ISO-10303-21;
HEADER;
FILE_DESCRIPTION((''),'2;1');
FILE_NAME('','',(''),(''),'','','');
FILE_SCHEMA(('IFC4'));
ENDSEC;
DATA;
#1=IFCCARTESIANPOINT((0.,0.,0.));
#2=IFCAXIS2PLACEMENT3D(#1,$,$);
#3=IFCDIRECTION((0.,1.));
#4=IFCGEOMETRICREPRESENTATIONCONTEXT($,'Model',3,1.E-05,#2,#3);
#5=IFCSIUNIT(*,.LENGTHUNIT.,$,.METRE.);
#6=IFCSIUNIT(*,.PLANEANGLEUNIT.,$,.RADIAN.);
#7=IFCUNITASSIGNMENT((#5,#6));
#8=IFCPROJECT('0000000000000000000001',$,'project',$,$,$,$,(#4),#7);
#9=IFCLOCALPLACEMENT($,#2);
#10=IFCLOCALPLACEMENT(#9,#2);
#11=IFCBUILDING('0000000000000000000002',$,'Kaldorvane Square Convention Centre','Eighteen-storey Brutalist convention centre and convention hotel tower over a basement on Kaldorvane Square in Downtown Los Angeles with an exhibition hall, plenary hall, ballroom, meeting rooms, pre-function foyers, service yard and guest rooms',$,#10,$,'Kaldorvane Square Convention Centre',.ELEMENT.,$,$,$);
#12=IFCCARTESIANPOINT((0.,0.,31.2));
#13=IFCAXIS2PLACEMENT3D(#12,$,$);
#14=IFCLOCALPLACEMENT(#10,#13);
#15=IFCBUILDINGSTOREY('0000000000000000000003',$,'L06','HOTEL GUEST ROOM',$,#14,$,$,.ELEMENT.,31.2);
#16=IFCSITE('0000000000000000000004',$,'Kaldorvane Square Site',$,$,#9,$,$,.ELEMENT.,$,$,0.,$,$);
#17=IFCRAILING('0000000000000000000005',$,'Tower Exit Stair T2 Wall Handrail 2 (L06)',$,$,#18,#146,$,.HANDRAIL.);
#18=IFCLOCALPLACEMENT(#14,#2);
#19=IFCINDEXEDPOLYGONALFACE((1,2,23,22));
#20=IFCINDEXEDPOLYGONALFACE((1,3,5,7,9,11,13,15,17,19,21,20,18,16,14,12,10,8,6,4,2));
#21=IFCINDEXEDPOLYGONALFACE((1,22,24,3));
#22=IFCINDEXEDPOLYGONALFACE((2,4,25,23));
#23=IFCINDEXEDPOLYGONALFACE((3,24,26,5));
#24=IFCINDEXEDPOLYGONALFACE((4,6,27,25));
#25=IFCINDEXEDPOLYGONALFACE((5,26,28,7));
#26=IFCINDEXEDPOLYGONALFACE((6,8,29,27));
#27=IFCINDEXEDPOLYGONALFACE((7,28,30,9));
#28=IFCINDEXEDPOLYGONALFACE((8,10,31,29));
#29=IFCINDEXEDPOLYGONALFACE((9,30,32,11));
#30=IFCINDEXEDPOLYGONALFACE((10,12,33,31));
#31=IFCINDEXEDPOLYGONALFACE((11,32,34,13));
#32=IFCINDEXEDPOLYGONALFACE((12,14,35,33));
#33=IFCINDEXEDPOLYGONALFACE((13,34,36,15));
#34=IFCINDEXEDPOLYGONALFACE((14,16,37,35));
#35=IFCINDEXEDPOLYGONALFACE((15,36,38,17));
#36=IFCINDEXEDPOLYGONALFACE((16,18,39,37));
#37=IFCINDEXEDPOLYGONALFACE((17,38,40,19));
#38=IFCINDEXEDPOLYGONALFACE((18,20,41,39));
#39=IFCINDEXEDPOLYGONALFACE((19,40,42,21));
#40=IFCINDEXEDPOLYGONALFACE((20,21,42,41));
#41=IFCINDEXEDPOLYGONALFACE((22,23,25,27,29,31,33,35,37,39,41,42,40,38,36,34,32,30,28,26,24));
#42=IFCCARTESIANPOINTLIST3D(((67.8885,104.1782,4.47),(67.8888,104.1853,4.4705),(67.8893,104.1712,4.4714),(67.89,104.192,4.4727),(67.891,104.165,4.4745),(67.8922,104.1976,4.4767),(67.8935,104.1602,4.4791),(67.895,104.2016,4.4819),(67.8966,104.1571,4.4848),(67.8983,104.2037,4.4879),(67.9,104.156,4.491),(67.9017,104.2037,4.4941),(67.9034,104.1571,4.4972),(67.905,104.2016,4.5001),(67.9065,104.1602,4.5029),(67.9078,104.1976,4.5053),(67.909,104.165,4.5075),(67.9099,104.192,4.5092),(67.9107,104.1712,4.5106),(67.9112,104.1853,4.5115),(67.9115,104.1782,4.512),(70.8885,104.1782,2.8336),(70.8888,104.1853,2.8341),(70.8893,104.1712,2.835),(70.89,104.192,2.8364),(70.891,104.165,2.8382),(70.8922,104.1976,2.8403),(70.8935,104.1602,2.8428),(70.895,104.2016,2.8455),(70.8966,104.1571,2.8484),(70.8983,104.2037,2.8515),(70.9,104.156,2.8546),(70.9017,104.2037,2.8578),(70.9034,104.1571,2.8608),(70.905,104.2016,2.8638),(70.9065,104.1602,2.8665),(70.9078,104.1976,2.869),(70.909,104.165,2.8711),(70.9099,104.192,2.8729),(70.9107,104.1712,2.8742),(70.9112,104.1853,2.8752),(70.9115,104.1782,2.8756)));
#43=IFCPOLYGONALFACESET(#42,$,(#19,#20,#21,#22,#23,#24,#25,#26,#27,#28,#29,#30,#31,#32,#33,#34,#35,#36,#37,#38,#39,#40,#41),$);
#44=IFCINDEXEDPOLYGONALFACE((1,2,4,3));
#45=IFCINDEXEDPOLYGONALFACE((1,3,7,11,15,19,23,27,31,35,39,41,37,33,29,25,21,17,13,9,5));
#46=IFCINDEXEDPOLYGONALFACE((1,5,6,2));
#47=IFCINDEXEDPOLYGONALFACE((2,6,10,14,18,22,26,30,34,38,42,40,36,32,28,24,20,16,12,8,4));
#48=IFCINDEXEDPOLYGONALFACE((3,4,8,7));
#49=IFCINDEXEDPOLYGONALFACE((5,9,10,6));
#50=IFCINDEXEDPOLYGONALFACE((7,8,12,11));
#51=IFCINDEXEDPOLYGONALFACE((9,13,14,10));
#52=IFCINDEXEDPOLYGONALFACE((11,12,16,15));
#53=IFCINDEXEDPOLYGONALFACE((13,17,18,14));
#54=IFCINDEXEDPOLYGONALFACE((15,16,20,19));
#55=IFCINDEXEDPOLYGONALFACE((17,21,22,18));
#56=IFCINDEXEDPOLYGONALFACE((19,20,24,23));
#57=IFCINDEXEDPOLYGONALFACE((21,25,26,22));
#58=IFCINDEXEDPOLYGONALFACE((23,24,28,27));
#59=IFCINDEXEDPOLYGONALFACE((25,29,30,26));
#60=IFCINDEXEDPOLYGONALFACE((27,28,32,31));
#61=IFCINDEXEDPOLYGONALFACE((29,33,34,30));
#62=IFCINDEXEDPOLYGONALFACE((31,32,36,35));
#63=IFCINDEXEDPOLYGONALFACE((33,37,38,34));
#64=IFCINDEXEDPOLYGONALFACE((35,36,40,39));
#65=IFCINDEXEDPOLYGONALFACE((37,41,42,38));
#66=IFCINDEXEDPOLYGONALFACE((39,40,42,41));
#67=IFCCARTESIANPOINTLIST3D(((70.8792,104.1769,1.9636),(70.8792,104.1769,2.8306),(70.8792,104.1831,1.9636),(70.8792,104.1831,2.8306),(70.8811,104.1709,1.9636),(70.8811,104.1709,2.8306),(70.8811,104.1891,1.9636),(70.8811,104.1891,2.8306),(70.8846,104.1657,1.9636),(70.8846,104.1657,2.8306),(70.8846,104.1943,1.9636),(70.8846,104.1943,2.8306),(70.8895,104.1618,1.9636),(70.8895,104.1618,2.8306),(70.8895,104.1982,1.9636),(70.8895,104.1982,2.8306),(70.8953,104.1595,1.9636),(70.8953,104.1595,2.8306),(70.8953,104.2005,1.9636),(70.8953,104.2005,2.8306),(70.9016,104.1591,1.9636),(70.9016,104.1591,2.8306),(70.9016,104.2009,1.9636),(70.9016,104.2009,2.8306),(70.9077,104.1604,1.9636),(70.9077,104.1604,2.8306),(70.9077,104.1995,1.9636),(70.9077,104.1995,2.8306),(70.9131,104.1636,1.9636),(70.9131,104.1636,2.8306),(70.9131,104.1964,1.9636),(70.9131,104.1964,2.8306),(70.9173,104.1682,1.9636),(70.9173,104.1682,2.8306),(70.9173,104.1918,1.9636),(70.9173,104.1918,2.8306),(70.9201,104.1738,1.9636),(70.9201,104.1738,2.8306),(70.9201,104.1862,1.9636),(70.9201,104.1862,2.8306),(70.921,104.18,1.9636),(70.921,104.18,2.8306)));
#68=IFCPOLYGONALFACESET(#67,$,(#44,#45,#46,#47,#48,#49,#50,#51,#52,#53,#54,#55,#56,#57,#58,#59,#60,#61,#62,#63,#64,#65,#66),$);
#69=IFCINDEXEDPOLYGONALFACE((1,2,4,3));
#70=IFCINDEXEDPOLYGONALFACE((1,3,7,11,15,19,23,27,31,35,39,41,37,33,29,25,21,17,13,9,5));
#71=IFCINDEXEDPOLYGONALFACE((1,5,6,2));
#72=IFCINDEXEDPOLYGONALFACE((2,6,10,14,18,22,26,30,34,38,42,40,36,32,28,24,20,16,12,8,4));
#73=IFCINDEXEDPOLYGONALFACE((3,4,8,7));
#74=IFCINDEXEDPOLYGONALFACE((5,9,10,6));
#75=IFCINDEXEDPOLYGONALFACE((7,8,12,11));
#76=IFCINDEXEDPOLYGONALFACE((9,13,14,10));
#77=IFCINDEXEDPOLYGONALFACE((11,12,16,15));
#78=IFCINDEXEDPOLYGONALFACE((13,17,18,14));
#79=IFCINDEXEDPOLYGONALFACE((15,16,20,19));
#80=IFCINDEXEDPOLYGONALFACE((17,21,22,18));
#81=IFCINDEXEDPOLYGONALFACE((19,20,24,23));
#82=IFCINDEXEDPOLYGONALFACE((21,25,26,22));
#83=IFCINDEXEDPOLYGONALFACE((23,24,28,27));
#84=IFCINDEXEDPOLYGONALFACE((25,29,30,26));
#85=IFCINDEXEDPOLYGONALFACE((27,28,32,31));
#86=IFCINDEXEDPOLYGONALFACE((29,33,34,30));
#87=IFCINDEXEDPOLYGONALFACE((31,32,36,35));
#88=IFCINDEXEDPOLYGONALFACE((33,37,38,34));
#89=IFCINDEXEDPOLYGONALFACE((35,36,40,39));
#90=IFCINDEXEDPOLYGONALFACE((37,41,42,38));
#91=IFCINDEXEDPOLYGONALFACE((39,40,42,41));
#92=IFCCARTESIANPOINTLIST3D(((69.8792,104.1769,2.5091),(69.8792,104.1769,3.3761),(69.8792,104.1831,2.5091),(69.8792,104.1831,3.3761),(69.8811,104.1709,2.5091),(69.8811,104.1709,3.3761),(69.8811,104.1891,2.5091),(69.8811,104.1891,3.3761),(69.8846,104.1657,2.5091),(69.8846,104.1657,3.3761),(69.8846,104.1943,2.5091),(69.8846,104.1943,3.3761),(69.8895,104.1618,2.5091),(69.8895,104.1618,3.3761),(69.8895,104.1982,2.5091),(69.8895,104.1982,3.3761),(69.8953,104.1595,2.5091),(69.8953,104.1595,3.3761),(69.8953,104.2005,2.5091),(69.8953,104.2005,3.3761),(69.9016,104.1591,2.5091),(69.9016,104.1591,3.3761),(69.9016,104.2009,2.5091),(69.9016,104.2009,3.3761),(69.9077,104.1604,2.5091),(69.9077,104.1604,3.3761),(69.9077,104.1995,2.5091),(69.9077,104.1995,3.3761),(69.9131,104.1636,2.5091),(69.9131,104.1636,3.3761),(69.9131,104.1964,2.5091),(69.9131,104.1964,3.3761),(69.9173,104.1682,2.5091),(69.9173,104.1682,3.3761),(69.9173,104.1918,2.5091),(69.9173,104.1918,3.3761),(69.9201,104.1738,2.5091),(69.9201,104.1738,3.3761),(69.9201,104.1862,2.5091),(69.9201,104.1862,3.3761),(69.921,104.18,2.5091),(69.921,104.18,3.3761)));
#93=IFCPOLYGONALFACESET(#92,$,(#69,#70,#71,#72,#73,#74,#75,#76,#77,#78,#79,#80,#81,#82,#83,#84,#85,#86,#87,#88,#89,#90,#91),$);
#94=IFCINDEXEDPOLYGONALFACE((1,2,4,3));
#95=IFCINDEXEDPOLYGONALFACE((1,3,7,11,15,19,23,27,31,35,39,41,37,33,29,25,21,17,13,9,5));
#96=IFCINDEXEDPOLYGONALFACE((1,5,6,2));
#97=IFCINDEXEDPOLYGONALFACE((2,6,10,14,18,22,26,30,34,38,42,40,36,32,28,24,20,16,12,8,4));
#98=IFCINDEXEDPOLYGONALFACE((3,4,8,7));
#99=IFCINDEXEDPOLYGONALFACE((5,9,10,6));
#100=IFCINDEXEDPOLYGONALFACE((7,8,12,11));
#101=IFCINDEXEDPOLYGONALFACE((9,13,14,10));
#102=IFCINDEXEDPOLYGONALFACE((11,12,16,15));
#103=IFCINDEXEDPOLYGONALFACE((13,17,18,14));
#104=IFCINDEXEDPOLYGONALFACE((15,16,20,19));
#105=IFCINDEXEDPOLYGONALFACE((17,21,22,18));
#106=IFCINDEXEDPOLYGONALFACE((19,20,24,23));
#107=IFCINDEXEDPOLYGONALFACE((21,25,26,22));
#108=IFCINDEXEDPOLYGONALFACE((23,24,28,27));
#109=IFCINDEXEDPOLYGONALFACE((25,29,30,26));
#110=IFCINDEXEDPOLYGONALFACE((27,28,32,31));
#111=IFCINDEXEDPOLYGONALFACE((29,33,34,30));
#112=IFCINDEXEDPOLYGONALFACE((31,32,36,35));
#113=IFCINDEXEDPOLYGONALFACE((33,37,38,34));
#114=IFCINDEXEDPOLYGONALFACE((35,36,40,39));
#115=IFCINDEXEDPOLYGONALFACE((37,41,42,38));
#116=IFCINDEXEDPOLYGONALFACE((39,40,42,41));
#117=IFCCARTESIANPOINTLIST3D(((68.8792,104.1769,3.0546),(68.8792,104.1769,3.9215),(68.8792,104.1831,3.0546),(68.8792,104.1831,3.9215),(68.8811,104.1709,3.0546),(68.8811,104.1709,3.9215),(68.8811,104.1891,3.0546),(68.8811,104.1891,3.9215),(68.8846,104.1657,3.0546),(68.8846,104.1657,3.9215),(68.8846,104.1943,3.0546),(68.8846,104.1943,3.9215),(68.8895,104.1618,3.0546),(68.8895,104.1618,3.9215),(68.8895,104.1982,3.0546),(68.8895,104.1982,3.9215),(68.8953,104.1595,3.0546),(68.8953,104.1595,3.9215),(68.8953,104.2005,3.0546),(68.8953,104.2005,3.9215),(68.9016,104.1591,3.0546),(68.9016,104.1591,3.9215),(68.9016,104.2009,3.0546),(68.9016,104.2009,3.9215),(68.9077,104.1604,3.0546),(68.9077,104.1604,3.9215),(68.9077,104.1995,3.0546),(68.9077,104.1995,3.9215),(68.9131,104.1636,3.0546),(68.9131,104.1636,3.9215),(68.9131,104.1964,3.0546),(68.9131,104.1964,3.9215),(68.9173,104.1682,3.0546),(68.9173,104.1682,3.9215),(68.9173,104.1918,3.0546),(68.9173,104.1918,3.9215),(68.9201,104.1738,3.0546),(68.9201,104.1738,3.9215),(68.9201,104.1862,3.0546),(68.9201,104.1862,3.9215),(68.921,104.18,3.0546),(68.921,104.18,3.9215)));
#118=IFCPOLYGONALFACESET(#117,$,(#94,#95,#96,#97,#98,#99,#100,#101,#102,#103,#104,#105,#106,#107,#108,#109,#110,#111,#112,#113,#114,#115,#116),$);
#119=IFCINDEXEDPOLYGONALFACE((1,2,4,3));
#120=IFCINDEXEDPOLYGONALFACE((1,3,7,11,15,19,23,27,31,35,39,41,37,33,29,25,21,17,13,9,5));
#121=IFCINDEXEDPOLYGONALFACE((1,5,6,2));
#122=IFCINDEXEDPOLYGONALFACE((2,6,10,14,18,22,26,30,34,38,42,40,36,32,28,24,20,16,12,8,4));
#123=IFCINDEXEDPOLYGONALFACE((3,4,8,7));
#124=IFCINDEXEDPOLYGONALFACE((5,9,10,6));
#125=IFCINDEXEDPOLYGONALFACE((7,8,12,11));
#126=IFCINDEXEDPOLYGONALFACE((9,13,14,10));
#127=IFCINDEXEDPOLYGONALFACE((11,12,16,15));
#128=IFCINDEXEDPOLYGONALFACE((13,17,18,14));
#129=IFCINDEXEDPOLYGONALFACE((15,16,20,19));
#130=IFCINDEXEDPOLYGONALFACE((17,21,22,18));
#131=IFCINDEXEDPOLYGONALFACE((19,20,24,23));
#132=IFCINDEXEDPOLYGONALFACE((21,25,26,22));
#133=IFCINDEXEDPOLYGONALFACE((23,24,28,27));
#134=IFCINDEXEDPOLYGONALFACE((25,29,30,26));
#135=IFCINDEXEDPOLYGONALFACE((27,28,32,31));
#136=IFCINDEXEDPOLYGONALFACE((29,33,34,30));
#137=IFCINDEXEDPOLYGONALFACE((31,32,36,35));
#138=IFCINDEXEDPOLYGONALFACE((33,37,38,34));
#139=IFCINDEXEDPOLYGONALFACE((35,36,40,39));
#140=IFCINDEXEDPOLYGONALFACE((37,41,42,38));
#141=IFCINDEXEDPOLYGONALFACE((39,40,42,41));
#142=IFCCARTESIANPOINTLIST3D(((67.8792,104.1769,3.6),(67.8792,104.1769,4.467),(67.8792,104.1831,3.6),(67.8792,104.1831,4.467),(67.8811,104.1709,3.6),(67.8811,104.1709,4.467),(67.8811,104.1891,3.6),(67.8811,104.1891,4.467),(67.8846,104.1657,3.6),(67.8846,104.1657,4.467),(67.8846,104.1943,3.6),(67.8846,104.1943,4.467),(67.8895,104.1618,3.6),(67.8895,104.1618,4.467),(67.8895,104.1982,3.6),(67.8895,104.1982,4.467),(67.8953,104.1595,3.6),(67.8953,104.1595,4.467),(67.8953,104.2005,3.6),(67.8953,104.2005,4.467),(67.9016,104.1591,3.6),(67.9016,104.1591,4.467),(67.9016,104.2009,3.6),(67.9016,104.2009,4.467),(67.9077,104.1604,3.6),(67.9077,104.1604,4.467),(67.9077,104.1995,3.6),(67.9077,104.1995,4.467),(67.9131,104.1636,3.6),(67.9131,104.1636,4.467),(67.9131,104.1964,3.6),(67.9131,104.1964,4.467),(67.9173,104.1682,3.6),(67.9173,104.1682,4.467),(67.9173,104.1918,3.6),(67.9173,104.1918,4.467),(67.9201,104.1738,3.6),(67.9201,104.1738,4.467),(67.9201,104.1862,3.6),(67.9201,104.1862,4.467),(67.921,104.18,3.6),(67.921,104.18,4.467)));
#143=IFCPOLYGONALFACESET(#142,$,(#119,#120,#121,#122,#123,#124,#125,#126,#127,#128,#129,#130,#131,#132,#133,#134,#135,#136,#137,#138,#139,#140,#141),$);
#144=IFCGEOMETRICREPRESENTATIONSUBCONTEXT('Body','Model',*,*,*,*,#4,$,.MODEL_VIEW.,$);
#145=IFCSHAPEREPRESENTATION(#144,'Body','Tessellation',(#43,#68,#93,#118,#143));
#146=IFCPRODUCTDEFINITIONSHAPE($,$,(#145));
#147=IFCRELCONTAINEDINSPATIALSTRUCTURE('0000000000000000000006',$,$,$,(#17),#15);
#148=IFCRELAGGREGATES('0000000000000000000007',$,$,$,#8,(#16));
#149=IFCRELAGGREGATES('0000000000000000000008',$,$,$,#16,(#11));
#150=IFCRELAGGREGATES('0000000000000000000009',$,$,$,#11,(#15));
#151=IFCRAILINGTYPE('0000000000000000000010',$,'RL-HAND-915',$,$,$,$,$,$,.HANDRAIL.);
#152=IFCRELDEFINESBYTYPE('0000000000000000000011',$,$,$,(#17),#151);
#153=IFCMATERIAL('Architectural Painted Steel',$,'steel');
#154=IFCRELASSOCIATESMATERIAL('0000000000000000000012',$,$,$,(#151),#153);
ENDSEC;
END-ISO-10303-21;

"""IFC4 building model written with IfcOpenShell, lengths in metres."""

from ifc_helpers import new_model, si_unit, direction, frame, origin, origin_2d, place, context, subcontext, project, spatial, circle, extrude, material, type_object, element, save


model = new_model("IFC4")

# Units and contexts
model_context = context("Model", 3, precision=1e-05, world=origin(), true_north=direction((0.0, 1.0)))
body_context = subcontext(model_context, "Body", "Model", "MODEL_VIEW")
ifc_project = project(units=[si_unit("LENGTHUNIT", "METRE"), si_unit("PLANEANGLEUNIT", "RADIAN")], contexts=[model_context])

# Site, building, storey
site_placement = place(None, origin())
site = spatial("IfcSite", under=ifc_project, at=site_placement, Name="Kaldorvane Square Site", CompositionType="ELEMENT", RefElevation=0.0)
building_placement = place(site_placement, origin())
building = spatial("IfcBuilding", under=site, at=building_placement, Name="Kaldorvane Square Convention Centre", Description="Eighteen-storey Brutalist convention centre and convention hotel tower over a basement on Kaldorvane Square in Downtown Los Angeles with an exhibition hall, plenary hall, ballroom, meeting rooms, pre-function foyers, service yard and guest rooms", LongName="Kaldorvane Square Convention Centre", CompositionType="ELEMENT")
storey_placement = place(building_placement, frame((0.0, 0.0, 31.2)))
storey = spatial("IfcBuildingStorey", under=building, at=storey_placement, Name="L06", Description="HOTEL GUEST ROOM", CompositionType="ELEMENT", Elevation=31.2)

# Railing
ifc_material_1 = material(Name="Architectural Painted Steel", Category="steel")
railing_type_1 = type_object("IfcRailingType", Name="RL-HAND-915", PredefinedType="HANDRAIL", material=ifc_material_1)
railing_1_placement = place(storey_placement, frame((70.9, 104.18, 1.9636)))
element("IfcRailing", 1, at=railing_1_placement, inside=storey, type_object=railing_type_1, Name="Tower Exit Stair T2 Wall Handrail 2 (L06)", PredefinedType="HANDRAIL", context=body_context, shape_type="SweptSolid", body=[
    extrude(circle(Radius=0.024, at=origin_2d()), frame((0.0, 0.0, 0.891), z_axis=(-0.877895, 0.0, 0.478853), x_axis=(0.0, -1.0, 0.0)), (0.0, 0.0, 1.0), 3.4173),
    extrude(circle(Radius=0.021, at=origin_2d()), origin(), (0.0, 0.0, 1.0), 0.867),
    extrude(circle(Radius=0.021, at=origin_2d()), frame((-1.0, 0.0, 0.5455)), (0.0, 0.0, 1.0), 0.867),
    extrude(circle(Radius=0.021, at=origin_2d()), frame((-2.0, 0.0, 1.0909)), (0.0, 0.0, 1.0), 0.867),
    extrude(circle(Radius=0.021, at=origin_2d()), frame((-3.0, 0.0, 1.6364)), (0.0, 0.0, 1.0), 0.867),
])

save(model, "model.ifc")
